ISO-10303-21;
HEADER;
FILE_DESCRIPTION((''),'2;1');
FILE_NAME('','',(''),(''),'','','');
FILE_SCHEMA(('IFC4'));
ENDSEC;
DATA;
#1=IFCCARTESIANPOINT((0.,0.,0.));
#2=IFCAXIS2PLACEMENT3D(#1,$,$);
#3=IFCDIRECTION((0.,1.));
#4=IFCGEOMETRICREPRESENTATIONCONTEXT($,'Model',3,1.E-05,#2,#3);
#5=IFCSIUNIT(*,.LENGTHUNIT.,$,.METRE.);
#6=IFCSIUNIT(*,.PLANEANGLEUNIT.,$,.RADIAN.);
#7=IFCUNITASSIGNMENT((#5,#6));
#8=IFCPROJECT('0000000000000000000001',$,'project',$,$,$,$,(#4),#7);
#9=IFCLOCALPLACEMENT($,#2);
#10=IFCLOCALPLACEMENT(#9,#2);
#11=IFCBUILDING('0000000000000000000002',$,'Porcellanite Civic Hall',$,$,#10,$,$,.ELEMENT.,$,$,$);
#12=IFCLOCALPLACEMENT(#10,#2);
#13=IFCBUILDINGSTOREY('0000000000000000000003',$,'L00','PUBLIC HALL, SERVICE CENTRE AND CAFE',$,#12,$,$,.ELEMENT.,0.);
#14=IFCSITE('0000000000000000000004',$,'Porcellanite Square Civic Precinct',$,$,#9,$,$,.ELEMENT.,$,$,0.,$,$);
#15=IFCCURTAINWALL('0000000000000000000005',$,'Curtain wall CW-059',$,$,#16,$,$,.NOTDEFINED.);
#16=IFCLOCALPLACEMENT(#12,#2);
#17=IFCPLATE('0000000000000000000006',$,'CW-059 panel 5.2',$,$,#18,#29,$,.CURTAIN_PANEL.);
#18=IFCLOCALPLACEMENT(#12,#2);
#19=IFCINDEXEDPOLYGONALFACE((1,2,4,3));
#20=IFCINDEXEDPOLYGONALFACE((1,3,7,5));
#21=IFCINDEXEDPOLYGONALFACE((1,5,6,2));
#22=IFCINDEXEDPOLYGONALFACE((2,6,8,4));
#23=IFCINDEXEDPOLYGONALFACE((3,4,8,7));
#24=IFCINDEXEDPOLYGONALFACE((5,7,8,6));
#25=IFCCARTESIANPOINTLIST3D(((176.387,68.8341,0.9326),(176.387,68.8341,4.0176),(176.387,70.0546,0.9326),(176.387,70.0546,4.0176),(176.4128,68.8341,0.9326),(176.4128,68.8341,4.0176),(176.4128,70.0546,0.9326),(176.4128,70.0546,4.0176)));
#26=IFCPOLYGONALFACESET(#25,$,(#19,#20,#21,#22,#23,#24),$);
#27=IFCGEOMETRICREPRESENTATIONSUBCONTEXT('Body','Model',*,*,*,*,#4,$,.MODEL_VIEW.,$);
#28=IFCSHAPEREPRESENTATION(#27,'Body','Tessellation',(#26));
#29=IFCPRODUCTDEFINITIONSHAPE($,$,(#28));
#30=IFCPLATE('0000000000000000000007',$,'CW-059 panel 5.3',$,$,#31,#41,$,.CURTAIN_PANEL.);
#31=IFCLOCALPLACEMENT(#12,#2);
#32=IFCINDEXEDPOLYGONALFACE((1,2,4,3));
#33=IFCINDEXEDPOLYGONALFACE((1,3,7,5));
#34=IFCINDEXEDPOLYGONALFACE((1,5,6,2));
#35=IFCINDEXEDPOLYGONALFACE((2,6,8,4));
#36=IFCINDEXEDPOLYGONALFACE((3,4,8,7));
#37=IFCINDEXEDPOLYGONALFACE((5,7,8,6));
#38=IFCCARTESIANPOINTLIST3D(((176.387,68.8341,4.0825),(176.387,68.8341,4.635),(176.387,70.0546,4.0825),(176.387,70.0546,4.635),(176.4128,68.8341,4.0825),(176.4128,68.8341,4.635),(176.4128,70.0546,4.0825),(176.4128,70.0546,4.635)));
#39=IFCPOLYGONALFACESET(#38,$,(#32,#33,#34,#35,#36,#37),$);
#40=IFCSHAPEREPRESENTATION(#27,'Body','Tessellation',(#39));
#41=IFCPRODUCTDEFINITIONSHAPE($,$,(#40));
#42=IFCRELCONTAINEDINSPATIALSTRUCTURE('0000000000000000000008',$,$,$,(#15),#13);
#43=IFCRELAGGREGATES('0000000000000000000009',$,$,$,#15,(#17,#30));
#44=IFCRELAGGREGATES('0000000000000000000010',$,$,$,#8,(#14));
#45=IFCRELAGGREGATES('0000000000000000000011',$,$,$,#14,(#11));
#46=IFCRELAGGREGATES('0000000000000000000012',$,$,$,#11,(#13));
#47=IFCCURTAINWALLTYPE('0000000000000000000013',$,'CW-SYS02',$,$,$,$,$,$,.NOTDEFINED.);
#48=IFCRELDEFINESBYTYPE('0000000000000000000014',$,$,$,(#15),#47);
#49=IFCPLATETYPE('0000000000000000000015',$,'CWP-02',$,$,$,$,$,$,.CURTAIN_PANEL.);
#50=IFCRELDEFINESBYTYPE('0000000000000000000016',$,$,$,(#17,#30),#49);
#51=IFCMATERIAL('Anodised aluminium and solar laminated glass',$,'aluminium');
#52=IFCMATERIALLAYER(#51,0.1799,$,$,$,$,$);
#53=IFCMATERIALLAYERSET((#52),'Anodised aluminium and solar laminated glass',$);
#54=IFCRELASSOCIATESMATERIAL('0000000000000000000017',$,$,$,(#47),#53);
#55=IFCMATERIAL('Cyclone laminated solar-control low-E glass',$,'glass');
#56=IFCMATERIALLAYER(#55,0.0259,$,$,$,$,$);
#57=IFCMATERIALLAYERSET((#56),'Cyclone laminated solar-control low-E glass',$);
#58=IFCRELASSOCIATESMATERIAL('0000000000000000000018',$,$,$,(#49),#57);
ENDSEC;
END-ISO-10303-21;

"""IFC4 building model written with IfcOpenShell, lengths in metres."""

from ifc_helpers import new_model, si_unit, direction, frame, origin, origin_2d, place, context, subcontext, project, spatial, rectangle, extrude, material, layer, layer_set, type_object, element, aggregate, save


model = new_model("IFC4")

# Units and contexts
model_context = context("Model", 3, precision=1e-05, world=origin(), true_north=direction((0.0, 1.0)))
body_context = subcontext(model_context, "Body", "Model", "MODEL_VIEW")
ifc_project = project(units=[si_unit("LENGTHUNIT", "METRE"), si_unit("PLANEANGLEUNIT", "RADIAN")], contexts=[model_context])

# Site, building, storey
site_placement = place(None, origin())
site = spatial("IfcSite", under=ifc_project, at=site_placement, Name="Porcellanite Square Civic Precinct", CompositionType="ELEMENT", RefElevation=0.0)
building_placement = place(site_placement, origin())
building = spatial("IfcBuilding", under=site, at=building_placement, Name="Porcellanite Civic Hall", CompositionType="ELEMENT")
storey_placement = place(building_placement, origin())
storey = spatial("IfcBuildingStorey", under=building, at=storey_placement, Name="L00", Description="PUBLIC HALL, SERVICE CENTRE AND CAFE", CompositionType="ELEMENT", Elevation=0.0)

# Curtain wall, plates
ifc_material_1 = material(Name="Anodised aluminium and solar laminated glass", Category="aluminium")
ifc_layer_1 = layer(ifc_material_1, 0.1799)
ifc_layer_set_1 = layer_set([ifc_layer_1], Name="Anodised aluminium and solar laminated glass")
curtain_wall_type = type_object("IfcCurtainWallType", Name="CW-SYS02", PredefinedType="NOTDEFINED", material=ifc_layer_set_1)
curtain_wall_placement = place(storey_placement, origin())
curtain_wall = element("IfcCurtainWall", 1, at=curtain_wall_placement, inside=storey, type_object=curtain_wall_type, Name="Curtain wall CW-059", PredefinedType="NOTDEFINED")
ifc_material_2 = material(Name="Cyclone laminated solar-control low-E glass", Category="glass")
ifc_layer_2 = layer(ifc_material_2, 0.0259)
ifc_layer_set_2 = layer_set([ifc_layer_2], Name="Cyclone laminated solar-control low-E glass")
plate_type = type_object("IfcPlateType", Name="CWP-02", PredefinedType="CURTAIN_PANEL", material=ifc_layer_set_2)
plate_1_placement = place(storey_placement, frame((176.3999, 69.4443, 0.9326), z_axis=(0.0, 0.0, 1.0), x_axis=(0.0, -1.0, 0.0)))
plate_1 = element("IfcPlate", 2, at=plate_1_placement, type_object=plate_type, Name="CW-059 panel 5.2", PredefinedType="CURTAIN_PANEL", context=body_context, shape_type="SweptSolid", body=[
    extrude(rectangle(XDim=1.2205, YDim=0.0259, at=origin_2d()), origin(), (0.0, 0.0, 1.0), 3.085),
])
plate_2_placement = place(storey_placement, frame((176.3999, 69.4443, 4.0825), z_axis=(0.0, 0.0, 1.0), x_axis=(0.0, -1.0, 0.0)))
plate_2 = element("IfcPlate", 3, at=plate_2_placement, type_object=plate_type, Name="CW-059 panel 5.3", PredefinedType="CURTAIN_PANEL", context=body_context, shape_type="SweptSolid", body=[
    extrude(rectangle(XDim=1.2205, YDim=0.0259, at=origin_2d()), origin(), (0.0, 0.0, 1.0), 0.5525),
])
aggregate(curtain_wall, [plate_1, plate_2])

save(model, "model.ifc")
